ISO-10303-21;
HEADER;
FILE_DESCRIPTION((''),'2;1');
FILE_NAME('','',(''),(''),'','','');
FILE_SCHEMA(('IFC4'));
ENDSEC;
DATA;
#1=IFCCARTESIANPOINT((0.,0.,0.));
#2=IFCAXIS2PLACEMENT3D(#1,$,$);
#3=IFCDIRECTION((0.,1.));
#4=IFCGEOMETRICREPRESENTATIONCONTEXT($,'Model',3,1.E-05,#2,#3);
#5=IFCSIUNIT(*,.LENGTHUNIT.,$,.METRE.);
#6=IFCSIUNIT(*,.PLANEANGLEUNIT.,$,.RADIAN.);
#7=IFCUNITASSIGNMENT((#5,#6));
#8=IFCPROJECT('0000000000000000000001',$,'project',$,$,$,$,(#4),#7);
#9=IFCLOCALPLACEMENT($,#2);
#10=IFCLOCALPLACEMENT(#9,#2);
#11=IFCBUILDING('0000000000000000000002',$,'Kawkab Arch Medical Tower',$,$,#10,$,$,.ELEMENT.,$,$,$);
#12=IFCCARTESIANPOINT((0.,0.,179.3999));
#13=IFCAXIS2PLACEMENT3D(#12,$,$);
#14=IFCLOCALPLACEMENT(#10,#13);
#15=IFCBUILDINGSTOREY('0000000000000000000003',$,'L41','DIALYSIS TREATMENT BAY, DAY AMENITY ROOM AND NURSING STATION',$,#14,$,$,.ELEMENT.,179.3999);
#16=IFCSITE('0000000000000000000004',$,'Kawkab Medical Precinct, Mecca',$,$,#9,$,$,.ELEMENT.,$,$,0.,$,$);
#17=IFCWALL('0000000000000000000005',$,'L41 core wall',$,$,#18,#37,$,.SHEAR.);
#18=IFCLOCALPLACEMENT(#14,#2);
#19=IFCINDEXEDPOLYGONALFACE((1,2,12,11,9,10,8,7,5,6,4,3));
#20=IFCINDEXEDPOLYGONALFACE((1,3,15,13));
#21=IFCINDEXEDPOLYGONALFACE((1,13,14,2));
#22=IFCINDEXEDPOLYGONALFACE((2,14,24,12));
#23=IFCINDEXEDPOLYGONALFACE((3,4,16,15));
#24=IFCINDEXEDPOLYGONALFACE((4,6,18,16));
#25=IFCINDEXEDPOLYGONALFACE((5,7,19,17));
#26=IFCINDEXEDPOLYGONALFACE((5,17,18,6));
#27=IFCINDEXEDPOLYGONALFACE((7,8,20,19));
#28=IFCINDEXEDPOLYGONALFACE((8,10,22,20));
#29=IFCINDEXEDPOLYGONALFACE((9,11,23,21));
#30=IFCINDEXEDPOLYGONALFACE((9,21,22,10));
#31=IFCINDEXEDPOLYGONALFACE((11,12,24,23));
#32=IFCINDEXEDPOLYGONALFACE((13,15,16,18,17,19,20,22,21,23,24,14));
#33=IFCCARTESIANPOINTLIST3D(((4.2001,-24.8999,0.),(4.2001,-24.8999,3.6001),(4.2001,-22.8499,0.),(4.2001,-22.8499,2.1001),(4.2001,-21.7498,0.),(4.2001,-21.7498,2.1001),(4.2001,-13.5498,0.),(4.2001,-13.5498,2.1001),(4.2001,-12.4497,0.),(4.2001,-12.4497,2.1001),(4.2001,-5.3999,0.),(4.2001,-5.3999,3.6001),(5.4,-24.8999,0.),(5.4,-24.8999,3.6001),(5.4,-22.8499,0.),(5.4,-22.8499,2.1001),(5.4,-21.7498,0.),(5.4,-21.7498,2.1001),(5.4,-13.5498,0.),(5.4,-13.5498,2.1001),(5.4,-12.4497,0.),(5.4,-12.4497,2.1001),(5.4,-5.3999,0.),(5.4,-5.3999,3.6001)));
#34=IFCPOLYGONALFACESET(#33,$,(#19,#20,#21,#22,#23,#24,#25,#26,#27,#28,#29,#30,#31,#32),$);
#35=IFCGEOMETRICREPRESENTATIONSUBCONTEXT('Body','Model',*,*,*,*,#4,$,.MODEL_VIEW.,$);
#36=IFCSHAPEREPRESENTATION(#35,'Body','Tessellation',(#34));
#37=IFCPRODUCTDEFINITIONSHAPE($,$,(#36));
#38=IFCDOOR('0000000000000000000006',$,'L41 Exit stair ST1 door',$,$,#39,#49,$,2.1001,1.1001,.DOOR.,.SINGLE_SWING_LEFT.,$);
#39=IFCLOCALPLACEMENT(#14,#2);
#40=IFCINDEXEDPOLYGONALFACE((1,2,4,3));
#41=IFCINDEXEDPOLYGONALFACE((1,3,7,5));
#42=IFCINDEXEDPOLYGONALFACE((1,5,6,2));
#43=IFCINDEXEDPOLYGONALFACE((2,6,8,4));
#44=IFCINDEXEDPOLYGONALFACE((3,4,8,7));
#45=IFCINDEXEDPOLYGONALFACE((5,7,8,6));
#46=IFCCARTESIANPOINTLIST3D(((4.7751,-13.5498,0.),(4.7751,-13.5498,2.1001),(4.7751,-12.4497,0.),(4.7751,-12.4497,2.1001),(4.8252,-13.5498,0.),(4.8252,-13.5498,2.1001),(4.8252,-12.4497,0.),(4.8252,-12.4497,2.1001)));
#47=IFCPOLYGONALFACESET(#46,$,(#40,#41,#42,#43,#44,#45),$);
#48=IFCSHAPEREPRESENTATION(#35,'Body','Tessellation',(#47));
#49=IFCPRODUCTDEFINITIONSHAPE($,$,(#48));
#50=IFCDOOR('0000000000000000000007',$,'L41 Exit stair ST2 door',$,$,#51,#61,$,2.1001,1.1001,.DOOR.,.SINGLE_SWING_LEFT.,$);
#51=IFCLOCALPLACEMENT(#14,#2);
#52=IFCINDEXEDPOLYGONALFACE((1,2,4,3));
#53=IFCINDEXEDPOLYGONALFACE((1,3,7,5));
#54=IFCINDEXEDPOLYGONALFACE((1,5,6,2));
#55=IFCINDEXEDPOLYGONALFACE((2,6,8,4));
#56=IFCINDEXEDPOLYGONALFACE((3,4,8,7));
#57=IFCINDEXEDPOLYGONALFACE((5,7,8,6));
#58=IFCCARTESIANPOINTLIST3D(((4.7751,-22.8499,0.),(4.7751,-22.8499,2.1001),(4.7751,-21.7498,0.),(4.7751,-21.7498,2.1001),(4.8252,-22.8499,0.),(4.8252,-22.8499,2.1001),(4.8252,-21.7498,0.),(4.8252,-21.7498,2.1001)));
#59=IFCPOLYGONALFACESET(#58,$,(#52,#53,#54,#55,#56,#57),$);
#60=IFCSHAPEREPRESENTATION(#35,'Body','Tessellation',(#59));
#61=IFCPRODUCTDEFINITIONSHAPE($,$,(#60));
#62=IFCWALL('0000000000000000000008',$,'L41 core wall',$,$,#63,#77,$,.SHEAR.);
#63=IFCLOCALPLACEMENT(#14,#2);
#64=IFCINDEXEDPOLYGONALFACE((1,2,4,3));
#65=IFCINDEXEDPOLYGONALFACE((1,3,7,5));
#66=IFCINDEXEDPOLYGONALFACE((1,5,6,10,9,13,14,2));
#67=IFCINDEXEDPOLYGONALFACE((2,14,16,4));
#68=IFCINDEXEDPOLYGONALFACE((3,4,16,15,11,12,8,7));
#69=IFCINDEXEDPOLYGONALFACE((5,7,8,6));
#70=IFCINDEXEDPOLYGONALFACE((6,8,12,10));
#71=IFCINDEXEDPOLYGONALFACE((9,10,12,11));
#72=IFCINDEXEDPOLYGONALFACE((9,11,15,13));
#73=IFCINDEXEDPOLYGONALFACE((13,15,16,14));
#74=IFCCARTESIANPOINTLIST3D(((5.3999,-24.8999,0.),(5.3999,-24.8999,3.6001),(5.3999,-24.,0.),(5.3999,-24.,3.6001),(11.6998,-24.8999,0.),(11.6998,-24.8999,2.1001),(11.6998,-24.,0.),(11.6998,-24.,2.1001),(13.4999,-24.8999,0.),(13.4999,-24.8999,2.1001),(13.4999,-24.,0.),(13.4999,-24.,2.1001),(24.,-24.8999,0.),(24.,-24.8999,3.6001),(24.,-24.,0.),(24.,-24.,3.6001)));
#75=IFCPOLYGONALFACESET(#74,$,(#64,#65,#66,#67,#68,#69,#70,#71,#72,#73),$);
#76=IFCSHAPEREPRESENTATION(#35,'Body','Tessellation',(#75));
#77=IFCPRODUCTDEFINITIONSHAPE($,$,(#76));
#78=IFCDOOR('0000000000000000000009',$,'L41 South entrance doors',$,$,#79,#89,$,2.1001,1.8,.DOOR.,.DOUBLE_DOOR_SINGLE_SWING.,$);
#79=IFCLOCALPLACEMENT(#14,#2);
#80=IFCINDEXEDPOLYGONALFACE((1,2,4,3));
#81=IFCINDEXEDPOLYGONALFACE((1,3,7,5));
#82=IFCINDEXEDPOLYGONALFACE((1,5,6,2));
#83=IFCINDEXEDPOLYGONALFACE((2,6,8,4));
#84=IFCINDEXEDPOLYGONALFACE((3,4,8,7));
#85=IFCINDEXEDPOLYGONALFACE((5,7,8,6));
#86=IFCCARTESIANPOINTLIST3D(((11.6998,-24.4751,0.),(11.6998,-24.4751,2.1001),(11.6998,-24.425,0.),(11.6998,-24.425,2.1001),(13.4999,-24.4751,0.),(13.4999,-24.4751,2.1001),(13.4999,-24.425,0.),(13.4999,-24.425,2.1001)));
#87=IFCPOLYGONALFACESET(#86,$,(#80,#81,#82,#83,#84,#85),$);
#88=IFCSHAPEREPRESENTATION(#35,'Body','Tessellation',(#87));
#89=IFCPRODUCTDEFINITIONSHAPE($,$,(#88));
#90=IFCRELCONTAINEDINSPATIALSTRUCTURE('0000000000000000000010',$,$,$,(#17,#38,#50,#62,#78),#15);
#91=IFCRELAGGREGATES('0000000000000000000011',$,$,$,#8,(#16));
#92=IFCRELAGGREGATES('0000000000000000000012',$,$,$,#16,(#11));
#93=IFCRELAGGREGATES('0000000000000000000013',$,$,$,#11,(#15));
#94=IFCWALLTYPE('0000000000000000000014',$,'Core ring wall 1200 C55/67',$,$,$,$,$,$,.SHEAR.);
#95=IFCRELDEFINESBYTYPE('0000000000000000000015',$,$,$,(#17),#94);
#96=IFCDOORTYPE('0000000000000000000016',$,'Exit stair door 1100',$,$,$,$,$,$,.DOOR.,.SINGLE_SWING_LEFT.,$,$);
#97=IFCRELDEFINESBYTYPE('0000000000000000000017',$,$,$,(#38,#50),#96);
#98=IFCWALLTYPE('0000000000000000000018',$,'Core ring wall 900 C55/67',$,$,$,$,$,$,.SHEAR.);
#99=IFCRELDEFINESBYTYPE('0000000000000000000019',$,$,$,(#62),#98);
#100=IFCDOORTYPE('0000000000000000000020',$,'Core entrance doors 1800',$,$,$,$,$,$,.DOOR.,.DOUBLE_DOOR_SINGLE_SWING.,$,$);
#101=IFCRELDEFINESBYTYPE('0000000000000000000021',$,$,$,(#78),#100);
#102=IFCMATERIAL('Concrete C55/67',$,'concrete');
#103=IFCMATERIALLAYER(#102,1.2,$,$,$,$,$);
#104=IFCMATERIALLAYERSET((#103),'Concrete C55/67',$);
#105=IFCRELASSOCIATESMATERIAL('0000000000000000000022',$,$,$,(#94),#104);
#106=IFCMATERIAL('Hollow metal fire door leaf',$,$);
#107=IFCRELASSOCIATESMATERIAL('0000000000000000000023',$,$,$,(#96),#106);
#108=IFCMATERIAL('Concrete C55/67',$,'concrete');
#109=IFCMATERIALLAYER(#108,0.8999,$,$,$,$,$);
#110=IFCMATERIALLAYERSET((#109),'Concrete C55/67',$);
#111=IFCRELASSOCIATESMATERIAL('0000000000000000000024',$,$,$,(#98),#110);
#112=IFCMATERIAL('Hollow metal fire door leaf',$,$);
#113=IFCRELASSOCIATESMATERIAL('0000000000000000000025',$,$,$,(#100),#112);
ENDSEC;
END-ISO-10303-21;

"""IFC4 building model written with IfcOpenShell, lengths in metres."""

from ifc_helpers import new_model, si_unit, direction, frame, frame_2d, origin, place, context, subcontext, project, spatial, rectangle, extrude, material, layer, layer_set, type_object, element, fill, save


model = new_model("IFC4")

# Units and contexts
model_context = context("Model", 3, precision=1e-05, world=origin(), true_north=direction((0.0, 1.0)))
body_context = subcontext(model_context, "Body", "Model", "MODEL_VIEW")
ifc_project = project(units=[si_unit("LENGTHUNIT", "METRE"), si_unit("PLANEANGLEUNIT", "RADIAN")], contexts=[model_context])

# Site, building, storey
site_placement = place(None, origin())
site = spatial("IfcSite", under=ifc_project, at=site_placement, Name="Kawkab Medical Precinct, Mecca", CompositionType="ELEMENT", RefElevation=0.0)
building_placement = place(site_placement, origin())
building = spatial("IfcBuilding", under=site, at=building_placement, Name="Kawkab Arch Medical Tower", CompositionType="ELEMENT")
storey_placement = place(building_placement, frame((0.0, 0.0, 179.3999)))
storey = spatial("IfcBuildingStorey", under=building, at=storey_placement, Name="L41", Description="DIALYSIS TREATMENT BAY, DAY AMENITY ROOM AND NURSING STATION", CompositionType="ELEMENT", Elevation=179.3999)

# Wall, openings, doors
ifc_material_1 = material(Name="Concrete C55/67", Category="concrete")
ifc_layer_1 = layer(ifc_material_1, 1.2)
ifc_layer_set_1 = layer_set([ifc_layer_1], Name="Concrete C55/67")
wall_type_1 = type_object("IfcWallType", Name="Core ring wall 1200 C55/67", PredefinedType="SHEAR", material=ifc_layer_set_1)
wall_1_placement = place(storey_placement, frame((4.8, -24.8999, 0.0), z_axis=(0.0, 0.0, 1.0), x_axis=(0.0, 1.0, 0.0)))
wall_1 = element("IfcWall", 1, at=wall_1_placement, inside=storey, type_object=wall_type_1, Name="L41 core wall", PredefinedType="SHEAR", context=body_context, shape_type="SweptSolid", body=[
    extrude(rectangle(XDim=19.5, YDim=1.2, at=frame_2d((9.75, 0.0))), origin(), (0.0, 0.0, 1.0), 3.6001),
])
opening_1_placement = place(wall_1_placement, frame((11.3501, 0.0, 0.0)))
opening_1 = element("IfcOpeningElement", 2, at=opening_1_placement, cuts=wall_1, PredefinedType="OPENING", context=body_context, shape_type="SweptSolid", body=[
    extrude(rectangle(XDim=1.1001, YDim=2.1001, at=frame_2d((0.55, 1.05))), frame((0.0, 0.6099, 0.0), z_axis=(0.0, -1.0, 0.0), x_axis=(1.0, 0.0, 0.0)), (0.0, 0.0, 1.0), 1.22),
])
opening_2_placement = place(wall_1_placement, frame((2.05, 0.0, 0.0)))
opening_2 = element("IfcOpeningElement", 3, at=opening_2_placement, cuts=wall_1, PredefinedType="OPENING", context=body_context, shape_type="SweptSolid", body=[
    extrude(rectangle(XDim=1.1001, YDim=2.1001, at=frame_2d((0.55, 1.05))), frame((0.0, 0.6099, 0.0), z_axis=(0.0, -1.0, 0.0), x_axis=(1.0, 0.0, 0.0)), (0.0, 0.0, 1.0), 1.22),
])
ifc_material_2 = material(Name="Hollow metal fire door leaf")
door_type_1 = type_object("IfcDoorType", Name="Exit stair door 1100", OperationType="SINGLE_SWING_LEFT", PredefinedType="DOOR", material=ifc_material_2)
door_1_placement = place(opening_1_placement, origin())
door_1 = element("IfcDoor", 4, at=door_1_placement, inside=storey, type_object=door_type_1, Name="L41 Exit stair ST1 door", OperationType="SINGLE_SWING_LEFT", OverallHeight=2.1001, OverallWidth=1.1001, PredefinedType="DOOR", context=body_context, shape_type="SweptSolid", body=[
    extrude(rectangle(XDim=1.1001, YDim=2.1001, at=frame_2d((0.55, 1.05))), frame((0.0, 0.0249, 0.0), z_axis=(0.0, -1.0, 0.0), x_axis=(1.0, 0.0, 0.0)), (0.0, 0.0, 1.0), 0.05),
])
fill(opening_1, door_1)
door_2_placement = place(opening_2_placement, origin())
door_2 = element("IfcDoor", 5, at=door_2_placement, inside=storey, type_object=door_type_1, Name="L41 Exit stair ST2 door", OperationType="SINGLE_SWING_LEFT", OverallHeight=2.1001, OverallWidth=1.1001, PredefinedType="DOOR", context=body_context, shape_type="SweptSolid", body=[
    extrude(rectangle(XDim=1.1001, YDim=2.1001, at=frame_2d((0.55, 1.05))), frame((0.0, 0.0249, 0.0), z_axis=(0.0, -1.0, 0.0), x_axis=(1.0, 0.0, 0.0)), (0.0, 0.0, 1.0), 0.05),
])
fill(opening_2, door_2)

# Wall, opening, door
ifc_material_3 = material(Name="Concrete C55/67", Category="concrete")
ifc_layer_2 = layer(ifc_material_3, 0.8999)
ifc_layer_set_2 = layer_set([ifc_layer_2], Name="Concrete C55/67")
wall_type_2 = type_object("IfcWallType", Name="Core ring wall 900 C55/67", PredefinedType="SHEAR", material=ifc_layer_set_2)
wall_2_placement = place(storey_placement, frame((5.3999, -24.45, 0.0), z_axis=(0.0, 0.0, 1.0), x_axis=(1.0, 0.0, 0.0)))
wall_2 = element("IfcWall", 6, at=wall_2_placement, inside=storey, type_object=wall_type_2, Name="L41 core wall", PredefinedType="SHEAR", context=body_context, shape_type="SweptSolid", body=[
    extrude(rectangle(XDim=18.6001, YDim=0.8999, at=frame_2d((9.3, 0.0))), origin(), (0.0, 0.0, 1.0), 3.6001),
])
opening_3_placement = place(wall_2_placement, frame((6.3, 0.0, 0.0)))
opening_3 = element("IfcOpeningElement", 7, at=opening_3_placement, cuts=wall_2, PredefinedType="OPENING", context=body_context, shape_type="SweptSolid", body=[
    extrude(rectangle(XDim=1.8, YDim=2.1001, at=frame_2d((0.8999, 1.05))), frame((0.0, 0.46, 0.0), z_axis=(0.0, -1.0, 0.0), x_axis=(1.0, 0.0, 0.0)), (0.0, 0.0, 1.0), 0.9199),
])
ifc_material_4 = material(Name="Hollow metal fire door leaf")
door_type_2 = type_object("IfcDoorType", Name="Core entrance doors 1800", OperationType="DOUBLE_DOOR_SINGLE_SWING", PredefinedType="DOOR", material=ifc_material_4)
door_3_placement = place(opening_3_placement, origin())
door_3 = element("IfcDoor", 8, at=door_3_placement, inside=storey, type_object=door_type_2, Name="L41 South entrance doors", OperationType="DOUBLE_DOOR_SINGLE_SWING", OverallHeight=2.1001, OverallWidth=1.8, PredefinedType="DOOR", context=body_context, shape_type="SweptSolid", body=[
    extrude(rectangle(XDim=1.8, YDim=2.1001, at=frame_2d((0.8999, 1.05))), frame((0.0, 0.0249, 0.0), z_axis=(0.0, -1.0, 0.0), x_axis=(1.0, 0.0, 0.0)), (0.0, 0.0, 1.0), 0.05),
])
fill(opening_3, door_3)

save(model, "model.ifc")
